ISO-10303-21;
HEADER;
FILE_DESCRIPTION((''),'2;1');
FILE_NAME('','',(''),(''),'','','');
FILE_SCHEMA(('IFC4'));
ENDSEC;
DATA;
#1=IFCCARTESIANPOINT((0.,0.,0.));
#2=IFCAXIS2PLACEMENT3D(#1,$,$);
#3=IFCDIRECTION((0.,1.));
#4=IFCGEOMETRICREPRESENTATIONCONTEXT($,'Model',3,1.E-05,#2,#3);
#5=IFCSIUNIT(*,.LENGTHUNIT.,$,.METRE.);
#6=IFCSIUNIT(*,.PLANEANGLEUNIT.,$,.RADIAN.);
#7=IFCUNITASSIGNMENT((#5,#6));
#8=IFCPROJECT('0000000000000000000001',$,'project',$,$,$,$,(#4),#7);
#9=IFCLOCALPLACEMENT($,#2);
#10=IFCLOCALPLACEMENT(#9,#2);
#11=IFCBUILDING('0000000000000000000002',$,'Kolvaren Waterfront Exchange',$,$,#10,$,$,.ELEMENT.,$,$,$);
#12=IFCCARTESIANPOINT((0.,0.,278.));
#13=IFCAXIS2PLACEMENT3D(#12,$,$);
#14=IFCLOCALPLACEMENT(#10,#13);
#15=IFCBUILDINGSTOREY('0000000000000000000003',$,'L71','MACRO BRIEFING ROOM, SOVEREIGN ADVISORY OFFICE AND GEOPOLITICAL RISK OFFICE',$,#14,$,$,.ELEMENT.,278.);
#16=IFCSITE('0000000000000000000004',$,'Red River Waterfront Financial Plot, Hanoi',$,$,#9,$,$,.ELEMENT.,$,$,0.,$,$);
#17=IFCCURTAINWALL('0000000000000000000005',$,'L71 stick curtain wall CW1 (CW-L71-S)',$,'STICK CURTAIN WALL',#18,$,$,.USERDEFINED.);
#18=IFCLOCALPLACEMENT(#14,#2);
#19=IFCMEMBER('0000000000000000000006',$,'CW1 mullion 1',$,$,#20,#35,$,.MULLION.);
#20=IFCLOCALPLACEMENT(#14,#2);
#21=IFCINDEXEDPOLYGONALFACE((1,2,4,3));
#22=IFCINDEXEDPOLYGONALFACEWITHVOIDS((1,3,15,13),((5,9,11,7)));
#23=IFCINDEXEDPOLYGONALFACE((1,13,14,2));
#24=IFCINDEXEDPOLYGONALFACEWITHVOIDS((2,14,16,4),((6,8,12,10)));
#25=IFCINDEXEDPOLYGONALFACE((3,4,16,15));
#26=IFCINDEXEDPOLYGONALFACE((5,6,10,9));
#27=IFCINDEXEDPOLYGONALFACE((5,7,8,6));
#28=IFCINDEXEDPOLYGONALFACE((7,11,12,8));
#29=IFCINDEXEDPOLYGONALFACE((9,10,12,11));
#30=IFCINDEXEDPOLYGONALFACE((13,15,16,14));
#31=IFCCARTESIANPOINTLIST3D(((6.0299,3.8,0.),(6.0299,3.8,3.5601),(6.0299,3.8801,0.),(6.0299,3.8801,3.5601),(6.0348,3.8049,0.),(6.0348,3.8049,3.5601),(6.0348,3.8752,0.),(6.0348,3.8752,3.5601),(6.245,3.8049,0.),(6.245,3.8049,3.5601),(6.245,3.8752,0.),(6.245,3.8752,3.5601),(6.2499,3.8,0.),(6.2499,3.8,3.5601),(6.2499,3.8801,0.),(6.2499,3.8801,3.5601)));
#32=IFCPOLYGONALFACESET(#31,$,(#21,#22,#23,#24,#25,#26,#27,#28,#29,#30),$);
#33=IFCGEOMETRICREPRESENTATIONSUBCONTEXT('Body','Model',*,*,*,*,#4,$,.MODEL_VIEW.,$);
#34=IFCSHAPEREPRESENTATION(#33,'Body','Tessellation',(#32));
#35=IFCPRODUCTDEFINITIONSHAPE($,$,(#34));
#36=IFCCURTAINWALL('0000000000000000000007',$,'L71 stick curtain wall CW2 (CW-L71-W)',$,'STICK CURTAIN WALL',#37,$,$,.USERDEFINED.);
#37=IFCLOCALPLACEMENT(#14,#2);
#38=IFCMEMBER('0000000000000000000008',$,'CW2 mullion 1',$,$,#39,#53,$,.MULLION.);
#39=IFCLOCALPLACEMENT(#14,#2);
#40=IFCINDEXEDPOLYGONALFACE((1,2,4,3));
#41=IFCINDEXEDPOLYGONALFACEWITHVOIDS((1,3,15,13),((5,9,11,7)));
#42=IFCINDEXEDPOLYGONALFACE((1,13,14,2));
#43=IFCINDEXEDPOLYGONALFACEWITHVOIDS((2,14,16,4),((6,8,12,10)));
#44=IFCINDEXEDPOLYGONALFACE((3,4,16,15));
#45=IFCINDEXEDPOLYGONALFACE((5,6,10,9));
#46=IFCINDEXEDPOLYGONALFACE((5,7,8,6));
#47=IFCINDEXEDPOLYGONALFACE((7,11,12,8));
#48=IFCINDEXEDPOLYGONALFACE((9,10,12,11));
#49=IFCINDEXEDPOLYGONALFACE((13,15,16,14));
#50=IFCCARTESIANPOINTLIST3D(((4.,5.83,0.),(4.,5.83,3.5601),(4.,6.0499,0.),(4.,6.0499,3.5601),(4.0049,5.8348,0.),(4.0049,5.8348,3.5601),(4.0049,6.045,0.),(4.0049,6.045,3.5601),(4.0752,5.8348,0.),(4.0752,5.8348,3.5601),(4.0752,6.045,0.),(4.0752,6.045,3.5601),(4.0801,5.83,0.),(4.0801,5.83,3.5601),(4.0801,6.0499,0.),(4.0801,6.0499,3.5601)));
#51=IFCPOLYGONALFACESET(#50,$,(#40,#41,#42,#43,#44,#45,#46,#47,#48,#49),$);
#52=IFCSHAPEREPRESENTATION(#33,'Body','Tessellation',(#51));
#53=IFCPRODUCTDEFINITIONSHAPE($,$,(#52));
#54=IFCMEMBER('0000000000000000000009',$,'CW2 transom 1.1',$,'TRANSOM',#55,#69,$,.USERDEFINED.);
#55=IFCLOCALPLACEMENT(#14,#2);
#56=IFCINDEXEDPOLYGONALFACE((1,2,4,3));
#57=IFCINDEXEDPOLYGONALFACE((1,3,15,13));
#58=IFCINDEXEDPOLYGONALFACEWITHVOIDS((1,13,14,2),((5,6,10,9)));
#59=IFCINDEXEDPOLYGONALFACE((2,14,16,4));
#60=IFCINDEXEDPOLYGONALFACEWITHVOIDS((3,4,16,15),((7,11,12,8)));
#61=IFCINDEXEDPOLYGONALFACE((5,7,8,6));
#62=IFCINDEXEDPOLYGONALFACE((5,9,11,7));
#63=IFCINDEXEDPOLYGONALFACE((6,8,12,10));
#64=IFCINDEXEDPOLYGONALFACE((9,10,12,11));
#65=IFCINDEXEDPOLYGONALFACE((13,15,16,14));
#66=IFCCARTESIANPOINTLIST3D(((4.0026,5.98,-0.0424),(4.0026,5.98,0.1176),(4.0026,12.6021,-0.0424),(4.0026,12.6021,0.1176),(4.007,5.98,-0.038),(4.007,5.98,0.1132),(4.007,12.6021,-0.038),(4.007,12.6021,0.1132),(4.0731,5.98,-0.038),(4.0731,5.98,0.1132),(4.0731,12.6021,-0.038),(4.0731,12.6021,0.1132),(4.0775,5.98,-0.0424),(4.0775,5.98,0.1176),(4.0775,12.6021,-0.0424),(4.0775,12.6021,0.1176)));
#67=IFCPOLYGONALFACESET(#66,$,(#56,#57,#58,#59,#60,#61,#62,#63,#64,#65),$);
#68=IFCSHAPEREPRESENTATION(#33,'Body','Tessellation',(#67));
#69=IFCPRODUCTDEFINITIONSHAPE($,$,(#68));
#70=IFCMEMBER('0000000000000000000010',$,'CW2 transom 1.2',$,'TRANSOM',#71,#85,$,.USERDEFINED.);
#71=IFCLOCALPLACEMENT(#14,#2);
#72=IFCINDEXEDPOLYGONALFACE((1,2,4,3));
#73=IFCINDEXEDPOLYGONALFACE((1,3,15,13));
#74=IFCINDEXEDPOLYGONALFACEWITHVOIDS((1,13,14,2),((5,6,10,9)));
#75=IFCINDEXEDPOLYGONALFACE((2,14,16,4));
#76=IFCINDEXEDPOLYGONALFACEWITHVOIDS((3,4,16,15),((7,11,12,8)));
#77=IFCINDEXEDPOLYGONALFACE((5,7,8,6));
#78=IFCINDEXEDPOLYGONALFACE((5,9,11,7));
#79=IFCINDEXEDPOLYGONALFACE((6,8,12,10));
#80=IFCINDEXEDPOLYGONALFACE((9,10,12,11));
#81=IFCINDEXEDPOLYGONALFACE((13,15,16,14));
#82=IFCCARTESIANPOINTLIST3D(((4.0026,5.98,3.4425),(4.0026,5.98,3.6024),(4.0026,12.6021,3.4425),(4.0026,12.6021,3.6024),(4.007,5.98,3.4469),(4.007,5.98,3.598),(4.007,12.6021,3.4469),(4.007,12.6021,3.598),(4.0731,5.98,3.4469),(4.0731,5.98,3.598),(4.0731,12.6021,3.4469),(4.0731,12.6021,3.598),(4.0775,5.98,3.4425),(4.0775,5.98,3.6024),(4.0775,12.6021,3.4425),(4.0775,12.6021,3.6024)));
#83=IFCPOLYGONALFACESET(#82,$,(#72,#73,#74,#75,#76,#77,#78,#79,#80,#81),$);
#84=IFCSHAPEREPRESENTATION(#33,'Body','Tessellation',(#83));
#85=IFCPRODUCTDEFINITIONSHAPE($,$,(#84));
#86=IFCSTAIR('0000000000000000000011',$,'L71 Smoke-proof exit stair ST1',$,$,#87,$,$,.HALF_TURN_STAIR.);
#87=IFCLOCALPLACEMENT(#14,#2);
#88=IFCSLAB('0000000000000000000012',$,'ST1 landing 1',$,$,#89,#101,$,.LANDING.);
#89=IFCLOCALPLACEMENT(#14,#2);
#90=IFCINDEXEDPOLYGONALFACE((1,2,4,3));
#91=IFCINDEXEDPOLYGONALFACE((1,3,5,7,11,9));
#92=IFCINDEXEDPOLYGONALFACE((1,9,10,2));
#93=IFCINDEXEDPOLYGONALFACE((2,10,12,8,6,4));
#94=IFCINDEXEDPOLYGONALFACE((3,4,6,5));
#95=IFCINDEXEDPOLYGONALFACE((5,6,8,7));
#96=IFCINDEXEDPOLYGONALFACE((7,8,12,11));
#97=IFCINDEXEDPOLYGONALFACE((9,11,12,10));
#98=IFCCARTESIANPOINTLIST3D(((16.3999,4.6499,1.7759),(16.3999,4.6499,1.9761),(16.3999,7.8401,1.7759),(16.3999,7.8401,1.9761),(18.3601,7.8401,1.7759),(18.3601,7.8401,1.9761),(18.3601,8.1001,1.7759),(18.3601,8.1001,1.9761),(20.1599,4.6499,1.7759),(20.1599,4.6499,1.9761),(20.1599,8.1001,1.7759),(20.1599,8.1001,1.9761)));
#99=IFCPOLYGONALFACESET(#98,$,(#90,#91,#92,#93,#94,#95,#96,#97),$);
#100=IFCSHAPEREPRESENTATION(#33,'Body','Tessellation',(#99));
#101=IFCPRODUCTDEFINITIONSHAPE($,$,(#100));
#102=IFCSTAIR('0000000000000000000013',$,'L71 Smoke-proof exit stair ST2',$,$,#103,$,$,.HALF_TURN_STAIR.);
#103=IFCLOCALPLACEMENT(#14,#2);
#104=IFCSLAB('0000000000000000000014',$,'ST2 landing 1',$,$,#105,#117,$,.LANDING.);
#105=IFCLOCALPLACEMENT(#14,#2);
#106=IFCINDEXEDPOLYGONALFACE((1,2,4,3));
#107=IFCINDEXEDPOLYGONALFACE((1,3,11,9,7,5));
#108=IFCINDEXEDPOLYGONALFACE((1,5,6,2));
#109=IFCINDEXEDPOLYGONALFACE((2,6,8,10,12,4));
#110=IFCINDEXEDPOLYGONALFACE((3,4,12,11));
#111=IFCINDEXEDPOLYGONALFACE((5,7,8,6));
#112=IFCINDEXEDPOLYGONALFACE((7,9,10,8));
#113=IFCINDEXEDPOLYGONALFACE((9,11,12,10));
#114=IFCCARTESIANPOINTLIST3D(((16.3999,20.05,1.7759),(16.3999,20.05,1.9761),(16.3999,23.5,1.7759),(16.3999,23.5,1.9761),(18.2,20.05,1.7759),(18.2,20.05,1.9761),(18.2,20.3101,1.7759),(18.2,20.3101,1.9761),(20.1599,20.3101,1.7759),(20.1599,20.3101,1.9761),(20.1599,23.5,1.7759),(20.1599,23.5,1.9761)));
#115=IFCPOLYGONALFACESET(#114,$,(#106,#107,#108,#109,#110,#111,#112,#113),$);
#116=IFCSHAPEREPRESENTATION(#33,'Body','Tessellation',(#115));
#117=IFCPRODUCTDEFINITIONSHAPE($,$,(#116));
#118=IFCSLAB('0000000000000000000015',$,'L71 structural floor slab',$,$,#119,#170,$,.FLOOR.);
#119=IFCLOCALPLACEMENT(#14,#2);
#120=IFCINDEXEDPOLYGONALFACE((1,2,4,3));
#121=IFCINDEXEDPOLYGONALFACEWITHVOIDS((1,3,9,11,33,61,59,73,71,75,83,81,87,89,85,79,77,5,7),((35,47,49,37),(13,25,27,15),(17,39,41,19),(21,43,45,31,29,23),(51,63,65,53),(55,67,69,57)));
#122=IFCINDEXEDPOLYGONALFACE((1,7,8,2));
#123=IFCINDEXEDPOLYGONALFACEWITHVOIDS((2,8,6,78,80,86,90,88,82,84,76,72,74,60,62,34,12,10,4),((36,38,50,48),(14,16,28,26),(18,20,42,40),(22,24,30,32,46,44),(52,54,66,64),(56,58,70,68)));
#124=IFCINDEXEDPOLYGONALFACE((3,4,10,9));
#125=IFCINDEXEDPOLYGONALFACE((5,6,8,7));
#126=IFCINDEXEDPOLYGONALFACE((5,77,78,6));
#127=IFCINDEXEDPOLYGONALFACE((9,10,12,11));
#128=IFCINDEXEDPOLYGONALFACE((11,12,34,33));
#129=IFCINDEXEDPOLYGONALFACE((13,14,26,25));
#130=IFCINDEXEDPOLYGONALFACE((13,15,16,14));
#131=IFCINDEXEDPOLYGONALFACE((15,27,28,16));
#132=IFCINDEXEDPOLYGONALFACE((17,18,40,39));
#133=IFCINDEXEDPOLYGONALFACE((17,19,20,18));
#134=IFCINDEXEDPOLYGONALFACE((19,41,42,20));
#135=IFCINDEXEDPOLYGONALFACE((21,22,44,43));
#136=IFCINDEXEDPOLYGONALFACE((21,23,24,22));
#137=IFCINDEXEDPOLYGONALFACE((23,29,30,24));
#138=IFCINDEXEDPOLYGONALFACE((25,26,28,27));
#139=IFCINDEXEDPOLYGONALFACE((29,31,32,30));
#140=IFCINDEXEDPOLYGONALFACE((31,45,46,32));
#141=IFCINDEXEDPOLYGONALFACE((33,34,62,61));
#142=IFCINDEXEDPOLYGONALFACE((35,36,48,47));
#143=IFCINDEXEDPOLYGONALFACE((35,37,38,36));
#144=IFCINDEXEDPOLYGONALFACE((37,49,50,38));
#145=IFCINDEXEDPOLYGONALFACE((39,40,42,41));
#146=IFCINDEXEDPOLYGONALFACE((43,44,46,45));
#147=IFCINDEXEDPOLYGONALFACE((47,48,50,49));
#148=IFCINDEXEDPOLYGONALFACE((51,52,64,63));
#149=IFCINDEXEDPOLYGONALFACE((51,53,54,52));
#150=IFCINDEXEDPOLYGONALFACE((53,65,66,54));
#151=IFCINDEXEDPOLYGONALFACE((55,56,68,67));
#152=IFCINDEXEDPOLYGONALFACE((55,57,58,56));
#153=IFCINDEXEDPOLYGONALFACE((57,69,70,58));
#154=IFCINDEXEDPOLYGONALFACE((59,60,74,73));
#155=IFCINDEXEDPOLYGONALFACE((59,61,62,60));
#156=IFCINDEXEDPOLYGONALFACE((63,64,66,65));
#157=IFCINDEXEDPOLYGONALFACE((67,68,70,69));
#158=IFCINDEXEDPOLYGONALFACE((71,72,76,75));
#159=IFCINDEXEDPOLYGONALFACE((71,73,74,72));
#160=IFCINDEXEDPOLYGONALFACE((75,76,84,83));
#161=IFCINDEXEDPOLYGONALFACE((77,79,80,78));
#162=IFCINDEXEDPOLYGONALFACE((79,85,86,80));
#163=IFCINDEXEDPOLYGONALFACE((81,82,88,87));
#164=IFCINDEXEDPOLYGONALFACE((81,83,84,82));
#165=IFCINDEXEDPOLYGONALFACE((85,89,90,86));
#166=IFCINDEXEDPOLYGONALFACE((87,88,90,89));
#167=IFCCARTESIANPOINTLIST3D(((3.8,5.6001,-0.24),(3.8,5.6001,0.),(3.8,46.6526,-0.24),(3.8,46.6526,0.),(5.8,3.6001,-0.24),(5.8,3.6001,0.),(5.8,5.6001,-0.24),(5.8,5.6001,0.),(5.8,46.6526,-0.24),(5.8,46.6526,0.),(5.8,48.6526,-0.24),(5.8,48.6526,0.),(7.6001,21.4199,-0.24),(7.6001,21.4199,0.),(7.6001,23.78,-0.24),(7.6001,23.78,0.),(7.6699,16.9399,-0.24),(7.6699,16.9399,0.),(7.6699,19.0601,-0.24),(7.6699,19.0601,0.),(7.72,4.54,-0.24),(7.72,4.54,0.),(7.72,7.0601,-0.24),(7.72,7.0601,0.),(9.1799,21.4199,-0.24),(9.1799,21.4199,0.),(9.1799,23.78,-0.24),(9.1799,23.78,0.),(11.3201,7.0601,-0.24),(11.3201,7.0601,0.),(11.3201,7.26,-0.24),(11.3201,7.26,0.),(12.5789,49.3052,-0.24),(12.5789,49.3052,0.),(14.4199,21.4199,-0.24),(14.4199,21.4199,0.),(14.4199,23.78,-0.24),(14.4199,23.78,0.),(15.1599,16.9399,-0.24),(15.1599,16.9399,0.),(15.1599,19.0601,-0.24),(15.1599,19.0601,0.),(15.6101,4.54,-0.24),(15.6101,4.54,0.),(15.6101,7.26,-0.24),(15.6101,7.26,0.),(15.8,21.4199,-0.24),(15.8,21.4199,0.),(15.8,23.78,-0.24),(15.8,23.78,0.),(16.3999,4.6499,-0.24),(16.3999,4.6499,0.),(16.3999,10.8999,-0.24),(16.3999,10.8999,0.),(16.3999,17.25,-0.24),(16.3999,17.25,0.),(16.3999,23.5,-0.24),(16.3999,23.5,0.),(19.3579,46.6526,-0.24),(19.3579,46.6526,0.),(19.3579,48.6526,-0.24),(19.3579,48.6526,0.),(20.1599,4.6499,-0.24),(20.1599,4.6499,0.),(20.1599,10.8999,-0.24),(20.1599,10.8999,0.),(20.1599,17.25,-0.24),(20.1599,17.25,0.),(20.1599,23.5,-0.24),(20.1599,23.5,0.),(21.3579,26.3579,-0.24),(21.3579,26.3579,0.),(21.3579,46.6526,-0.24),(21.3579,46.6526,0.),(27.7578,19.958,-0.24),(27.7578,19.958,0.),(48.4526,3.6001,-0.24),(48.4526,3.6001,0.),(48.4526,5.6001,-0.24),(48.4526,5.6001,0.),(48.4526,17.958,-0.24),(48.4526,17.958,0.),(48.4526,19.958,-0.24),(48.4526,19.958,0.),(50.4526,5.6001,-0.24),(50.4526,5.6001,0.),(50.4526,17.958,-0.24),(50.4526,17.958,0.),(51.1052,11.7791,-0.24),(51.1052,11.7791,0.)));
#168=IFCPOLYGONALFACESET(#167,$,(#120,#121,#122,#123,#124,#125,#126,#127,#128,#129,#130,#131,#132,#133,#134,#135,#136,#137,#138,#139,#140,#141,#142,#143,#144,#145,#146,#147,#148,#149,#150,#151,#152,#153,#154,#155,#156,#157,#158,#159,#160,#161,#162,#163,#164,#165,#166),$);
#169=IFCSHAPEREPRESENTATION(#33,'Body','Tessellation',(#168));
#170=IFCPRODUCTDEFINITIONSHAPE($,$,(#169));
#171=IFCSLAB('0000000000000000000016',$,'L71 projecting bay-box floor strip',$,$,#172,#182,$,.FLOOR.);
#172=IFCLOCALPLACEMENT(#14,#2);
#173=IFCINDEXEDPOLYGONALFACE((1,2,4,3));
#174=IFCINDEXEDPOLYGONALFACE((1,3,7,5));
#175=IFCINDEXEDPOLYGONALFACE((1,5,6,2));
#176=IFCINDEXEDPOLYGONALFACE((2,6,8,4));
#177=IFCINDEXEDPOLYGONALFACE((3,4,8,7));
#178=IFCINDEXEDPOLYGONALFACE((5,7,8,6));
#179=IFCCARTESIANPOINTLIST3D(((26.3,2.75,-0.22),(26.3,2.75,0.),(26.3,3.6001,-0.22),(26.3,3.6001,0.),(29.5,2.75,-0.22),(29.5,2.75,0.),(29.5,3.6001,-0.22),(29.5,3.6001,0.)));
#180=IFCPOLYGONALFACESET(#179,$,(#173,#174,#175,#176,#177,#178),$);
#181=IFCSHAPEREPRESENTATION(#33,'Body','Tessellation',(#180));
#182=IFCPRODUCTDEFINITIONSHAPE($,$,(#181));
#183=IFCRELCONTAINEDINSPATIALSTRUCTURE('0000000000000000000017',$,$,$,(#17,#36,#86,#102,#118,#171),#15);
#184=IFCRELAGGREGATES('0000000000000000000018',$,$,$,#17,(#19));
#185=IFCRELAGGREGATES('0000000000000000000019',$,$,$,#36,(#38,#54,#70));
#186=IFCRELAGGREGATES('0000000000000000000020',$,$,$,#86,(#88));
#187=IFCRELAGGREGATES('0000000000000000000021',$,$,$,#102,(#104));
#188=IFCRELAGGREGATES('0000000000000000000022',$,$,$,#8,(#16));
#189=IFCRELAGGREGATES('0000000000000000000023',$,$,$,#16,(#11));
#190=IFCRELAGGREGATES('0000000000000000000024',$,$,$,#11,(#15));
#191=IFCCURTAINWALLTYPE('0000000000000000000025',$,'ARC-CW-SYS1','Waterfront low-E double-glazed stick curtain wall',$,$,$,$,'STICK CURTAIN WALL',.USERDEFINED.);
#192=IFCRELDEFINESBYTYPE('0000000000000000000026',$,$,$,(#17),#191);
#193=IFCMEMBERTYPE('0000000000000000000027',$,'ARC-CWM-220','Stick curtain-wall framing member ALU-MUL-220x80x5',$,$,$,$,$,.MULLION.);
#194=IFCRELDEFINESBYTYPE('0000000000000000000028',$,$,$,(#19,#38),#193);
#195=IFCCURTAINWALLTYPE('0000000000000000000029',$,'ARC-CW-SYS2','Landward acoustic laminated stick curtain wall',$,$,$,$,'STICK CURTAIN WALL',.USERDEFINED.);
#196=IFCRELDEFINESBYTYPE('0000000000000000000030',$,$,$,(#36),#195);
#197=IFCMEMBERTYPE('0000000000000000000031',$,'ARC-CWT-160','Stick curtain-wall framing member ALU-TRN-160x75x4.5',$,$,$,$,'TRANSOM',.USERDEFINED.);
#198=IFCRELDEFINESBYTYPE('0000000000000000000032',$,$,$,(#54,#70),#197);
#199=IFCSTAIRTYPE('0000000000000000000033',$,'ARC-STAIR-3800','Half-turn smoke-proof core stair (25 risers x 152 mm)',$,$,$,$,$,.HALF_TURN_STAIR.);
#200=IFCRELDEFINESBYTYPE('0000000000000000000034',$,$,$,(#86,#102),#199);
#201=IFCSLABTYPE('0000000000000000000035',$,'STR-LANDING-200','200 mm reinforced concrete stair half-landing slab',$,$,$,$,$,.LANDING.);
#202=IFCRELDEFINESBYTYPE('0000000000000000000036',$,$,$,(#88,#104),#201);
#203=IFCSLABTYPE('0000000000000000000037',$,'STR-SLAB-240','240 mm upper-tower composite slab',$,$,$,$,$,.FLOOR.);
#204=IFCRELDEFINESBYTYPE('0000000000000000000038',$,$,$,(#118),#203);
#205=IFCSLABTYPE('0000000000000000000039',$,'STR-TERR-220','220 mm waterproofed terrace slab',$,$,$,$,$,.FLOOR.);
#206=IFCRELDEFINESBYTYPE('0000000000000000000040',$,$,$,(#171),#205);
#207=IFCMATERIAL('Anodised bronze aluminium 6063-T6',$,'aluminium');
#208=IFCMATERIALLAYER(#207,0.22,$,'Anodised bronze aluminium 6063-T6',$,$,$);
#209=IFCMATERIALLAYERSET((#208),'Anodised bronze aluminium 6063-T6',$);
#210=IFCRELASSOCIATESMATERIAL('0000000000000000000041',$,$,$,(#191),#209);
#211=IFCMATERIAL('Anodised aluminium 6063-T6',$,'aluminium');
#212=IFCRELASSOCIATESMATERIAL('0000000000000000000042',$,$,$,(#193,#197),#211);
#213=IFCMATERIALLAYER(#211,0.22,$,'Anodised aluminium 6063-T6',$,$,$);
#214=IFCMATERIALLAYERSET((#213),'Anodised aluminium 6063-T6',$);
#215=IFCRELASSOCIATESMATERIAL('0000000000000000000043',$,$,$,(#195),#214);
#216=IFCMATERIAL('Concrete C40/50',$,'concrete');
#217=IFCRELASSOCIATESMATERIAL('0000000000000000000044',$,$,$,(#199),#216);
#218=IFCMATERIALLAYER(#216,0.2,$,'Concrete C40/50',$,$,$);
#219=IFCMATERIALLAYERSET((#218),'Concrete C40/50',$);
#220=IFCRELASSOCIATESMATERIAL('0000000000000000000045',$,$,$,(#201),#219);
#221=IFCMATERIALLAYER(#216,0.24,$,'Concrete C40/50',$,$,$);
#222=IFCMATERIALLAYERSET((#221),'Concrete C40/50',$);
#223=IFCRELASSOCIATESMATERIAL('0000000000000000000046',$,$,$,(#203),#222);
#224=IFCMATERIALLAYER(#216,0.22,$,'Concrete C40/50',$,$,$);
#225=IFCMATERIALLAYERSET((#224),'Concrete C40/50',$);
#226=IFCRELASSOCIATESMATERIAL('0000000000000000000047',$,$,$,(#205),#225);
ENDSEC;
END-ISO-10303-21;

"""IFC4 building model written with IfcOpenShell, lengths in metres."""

from ifc_helpers import new_model, si_unit, direction, frame, origin, origin_with_axes, origin_2d, place, context, subcontext, project, spatial, polyline, hollow_rectangle, outline, extrude, source, transform, mapped, material, layer, layer_set, material_profile, profile_set, type_object, element, aggregate, save


model = new_model("IFC4")

# Units and contexts
model_context = context("Model", 3, precision=1e-05, world=origin(), true_north=direction((0.0, 1.0)))
body_context = subcontext(model_context, "Body", "Model", "MODEL_VIEW")
ifc_project = project(units=[si_unit("LENGTHUNIT", "METRE"), si_unit("PLANEANGLEUNIT", "RADIAN")], contexts=[model_context])

# Site, building, storey
site_placement = place(None, origin())
site = spatial("IfcSite", under=ifc_project, at=site_placement, Name="Red River Waterfront Financial Plot, Hanoi", CompositionType="ELEMENT", RefElevation=0.0)
building_placement = place(site_placement, origin())
building = spatial("IfcBuilding", under=site, at=building_placement, Name="Kolvaren Waterfront Exchange", CompositionType="ELEMENT")
storey_placement = place(building_placement, frame((0.0, 0.0, 278.0)))
storey = spatial("IfcBuildingStorey", under=building, at=storey_placement, Name="L71", Description="MACRO BRIEFING ROOM, SOVEREIGN ADVISORY OFFICE AND GEOPOLITICAL RISK OFFICE", CompositionType="ELEMENT", Elevation=278.0)

# Curtain wall, member
ifc_material_1 = material(Name="Anodised bronze aluminium 6063-T6", Category="aluminium")
ifc_layer_1 = layer(ifc_material_1, 0.22, Name="Anodised bronze aluminium 6063-T6")
ifc_layer_set_1 = layer_set([ifc_layer_1], Name="Anodised bronze aluminium 6063-T6")
curtain_wall_type_1 = type_object("IfcCurtainWallType", Name="ARC-CW-SYS1", Description="Waterfront low-E double-glazed stick curtain wall", ElementType="STICK CURTAIN WALL", PredefinedType="USERDEFINED", material=ifc_layer_set_1)
curtain_wall_1_placement = place(storey_placement, origin())
curtain_wall_1 = element("IfcCurtainWall", 1, at=curtain_wall_1_placement, inside=storey, type_object=curtain_wall_type_1, Name="L71 stick curtain wall CW1 (CW-L71-S)", ObjectType="STICK CURTAIN WALL", PredefinedType="USERDEFINED")
ifc_material_2 = material(Name="Anodised aluminium 6063-T6", Category="aluminium")
ifc_material_profile_1 = material_profile(ifc_material_2, hollow_rectangle(XDim=0.0801, YDim=0.22, WallThickness=0.0049, at=origin_2d()), Name="ALU-MUL-220x80x5")
ifc_profile_set_1 = profile_set([ifc_material_profile_1], Name="Anodised aluminium 6063-T6")
member_type_1 = type_object("IfcMemberType", Name="ARC-CWM-220", Description="Stick curtain-wall framing member ALU-MUL-220x80x5", PredefinedType="MULLION", material=ifc_profile_set_1)
shared_shape_1 = source(origin_with_axes(), body_context, "Body", "SweptSolid", [
    extrude(hollow_rectangle(XDim=0.0801, YDim=0.22, WallThickness=0.0049, at=origin_2d()), origin(), (0.0, 0.0, 1.0), 3.5601),
])
member_1_placement = place(storey_placement, frame((6.1399, 3.8401, 0.0), z_axis=(0.0, 0.0, 1.0), x_axis=(0.0, 1.0, 0.0)))
member_1 = element("IfcMember", 2, at=member_1_placement, type_object=member_type_1, Name="CW1 mullion 1", PredefinedType="MULLION", context=body_context, shape_type="MappedRepresentation", body=[
    mapped(shared_shape_1, transform((0.0, 0.0, 0.0), x_axis=(1.0, 0.0, 0.0), y_axis=(0.0, 1.0, 0.0), z_axis=(0.0, 0.0, 1.0), scale=1.0)),
])
aggregate(curtain_wall_1, [member_1])

# Curtain wall, members
ifc_layer_2 = layer(ifc_material_2, 0.22, Name="Anodised aluminium 6063-T6")
ifc_layer_set_2 = layer_set([ifc_layer_2], Name="Anodised aluminium 6063-T6")
curtain_wall_type_2 = type_object("IfcCurtainWallType", Name="ARC-CW-SYS2", Description="Landward acoustic laminated stick curtain wall", ElementType="STICK CURTAIN WALL", PredefinedType="USERDEFINED", material=ifc_layer_set_2)
curtain_wall_2_placement = place(storey_placement, origin())
curtain_wall_2 = element("IfcCurtainWall", 3, at=curtain_wall_2_placement, inside=storey, type_object=curtain_wall_type_2, Name="L71 stick curtain wall CW2 (CW-L71-W)", ObjectType="STICK CURTAIN WALL", PredefinedType="USERDEFINED")
member_2_placement = place(storey_placement, frame((4.04, 5.9399, 0.0), z_axis=(0.0, 0.0, 1.0), x_axis=(-1.0, 0.0, 0.0)))
member_2 = element("IfcMember", 4, at=member_2_placement, type_object=member_type_1, Name="CW2 mullion 1", PredefinedType="MULLION", context=body_context, shape_type="MappedRepresentation", body=[
    mapped(shared_shape_1, transform((0.0, 0.0, 0.0), x_axis=(1.0, 0.0, 0.0), y_axis=(0.0, 1.0, 0.0), z_axis=(0.0, 0.0, 1.0), scale=1.0)),
])
ifc_material_profile_2 = material_profile(ifc_material_2, hollow_rectangle(XDim=0.075, YDim=0.1599, WallThickness=0.0044, at=origin_2d()), Name="ALU-TRN-160x75x4.5")
ifc_profile_set_2 = profile_set([ifc_material_profile_2], Name="Anodised aluminium 6063-T6")
member_type_2 = type_object("IfcMemberType", Name="ARC-CWT-160", Description="Stick curtain-wall framing member ALU-TRN-160x75x4.5", ElementType="TRANSOM", PredefinedType="USERDEFINED", material=ifc_profile_set_2)
shared_shape_2 = source(origin_with_axes(), body_context, "Body", "SweptSolid", [
    extrude(hollow_rectangle(XDim=0.075, YDim=0.1599, WallThickness=0.0044, at=origin_2d()), origin(), (0.0, 0.0, 1.0), 6.6221),
])
member_3_placement = place(storey_placement, frame((4.04, 5.98, 0.0376), z_axis=(0.0, 1.0, 0.0), x_axis=(-1.0, 0.0, 0.0)))
member_3 = element("IfcMember", 5, at=member_3_placement, type_object=member_type_2, Name="CW2 transom 1.1", ObjectType="TRANSOM", PredefinedType="USERDEFINED", context=body_context, shape_type="MappedRepresentation", body=[
    mapped(shared_shape_2, transform((0.0, 0.0, 0.0), x_axis=(1.0, 0.0, 0.0), y_axis=(0.0, 1.0, 0.0), z_axis=(0.0, 0.0, 1.0), scale=1.0)),
])
member_4_placement = place(storey_placement, frame((4.04, 5.98, 3.5225), z_axis=(0.0, 1.0, 0.0), x_axis=(-1.0, 0.0, 0.0)))
member_4 = element("IfcMember", 6, at=member_4_placement, type_object=member_type_2, Name="CW2 transom 1.2", ObjectType="TRANSOM", PredefinedType="USERDEFINED", context=body_context, shape_type="MappedRepresentation", body=[
    mapped(shared_shape_2, transform((0.0, 0.0, 0.0), x_axis=(1.0, 0.0, 0.0), y_axis=(0.0, 1.0, 0.0), z_axis=(0.0, 0.0, 1.0), scale=1.0)),
])
aggregate(curtain_wall_2, [member_2, member_3, member_4])

# Stairs, slabs
ifc_material_3 = material(Name="Concrete C40/50", Category="concrete")
stair_type = type_object("IfcStairType", Name="ARC-STAIR-3800", Description="Half-turn smoke-proof core stair (25 risers x 152 mm)", PredefinedType="HALF_TURN_STAIR", material=ifc_material_3)
stair_1_placement = place(storey_placement, origin())
stair_1 = element("IfcStair", 7, at=stair_1_placement, inside=storey, type_object=stair_type, Name="L71 Smoke-proof exit stair ST1", PredefinedType="HALF_TURN_STAIR")
ifc_layer_3 = layer(ifc_material_3, 0.2, Name="Concrete C40/50")
ifc_layer_set_3 = layer_set([ifc_layer_3], Name="Concrete C40/50")
slab_type_1 = type_object("IfcSlabType", Name="STR-LANDING-200", Description="200 mm reinforced concrete stair half-landing slab", PredefinedType="LANDING", material=ifc_layer_set_3)
slab_1_placement = place(storey_placement, frame((0.0, 0.0, 1.7759)))
slab_1 = element("IfcSlab", 8, at=slab_1_placement, type_object=slab_type_1, Name="ST1 landing 1", PredefinedType="LANDING", context=body_context, shape_type="SweptSolid", body=[
    extrude(outline(polyline([(16.3999, 7.8401), (16.3999, 4.6499), (20.1599, 4.6499), (20.1599, 8.1001), (18.3601, 8.1001), (18.3601, 7.8401), (16.3999, 7.8401)])), origin(), (0.0, 0.0, 1.0), 0.2002),
])
aggregate(stair_1, [slab_1])
stair_2_placement = place(storey_placement, origin())
stair_2 = element("IfcStair", 9, at=stair_2_placement, inside=storey, type_object=stair_type, Name="L71 Smoke-proof exit stair ST2", PredefinedType="HALF_TURN_STAIR")
slab_2_placement = place(storey_placement, frame((0.0, 0.0, 1.7759)))
slab_2 = element("IfcSlab", 10, at=slab_2_placement, type_object=slab_type_1, Name="ST2 landing 1", PredefinedType="LANDING", context=body_context, shape_type="SweptSolid", body=[
    extrude(outline(polyline([(20.1599, 20.3101), (20.1599, 23.5), (16.3999, 23.5), (16.3999, 20.05), (18.2, 20.05), (18.2, 20.3101), (20.1599, 20.3101)])), origin(), (0.0, 0.0, 1.0), 0.2002),
])
aggregate(stair_2, [slab_2])

# Slabs
ifc_layer_4 = layer(ifc_material_3, 0.24, Name="Concrete C40/50")
ifc_layer_set_4 = layer_set([ifc_layer_4], Name="Concrete C40/50")
slab_type_2 = type_object("IfcSlabType", Name="STR-SLAB-240", Description="240 mm upper-tower composite slab", PredefinedType="FLOOR", material=ifc_layer_set_4)
slab_3_placement = place(storey_placement, frame((0.0, 0.0, -0.24)))
element("IfcSlab", 11, at=slab_3_placement, inside=storey, type_object=slab_type_2, Name="L71 structural floor slab", PredefinedType="FLOOR", context=body_context, shape_type="SweptSolid", body=[
    extrude(outline(polyline([(5.8, 3.6001), (48.4526, 3.6001), (48.4526, 5.6001), (50.4526, 5.6001), (51.1052, 11.7791), (50.4526, 17.958), (48.4526, 17.958), (48.4526, 19.958), (27.7578, 19.958), (21.3579, 26.3579), (21.3579, 46.6526), (19.3579, 46.6526), (19.3579, 48.6526), (12.5789, 49.3052), (5.8, 48.6526), (5.8, 46.6526), (3.8, 46.6526), (3.8, 5.6001), (5.8, 5.6001), (5.8, 3.6001)]), holes=[polyline([(11.3201, 7.26), (15.6101, 7.26), (15.6101, 4.54), (7.72, 4.54), (7.72, 7.0601), (11.3201, 7.0601), (11.3201, 7.26)]), polyline([(20.1599, 10.8999), (20.1599, 4.6499), (16.3999, 4.6499), (16.3999, 10.8999), (20.1599, 10.8999)]), polyline([(7.6699, 19.0601), (15.1599, 19.0601), (15.1599, 16.9399), (7.6699, 16.9399), (7.6699, 19.0601)]), polyline([(16.3999, 17.25), (16.3999, 23.5), (20.1599, 23.5), (20.1599, 17.25), (16.3999, 17.25)]), polyline([(7.6001, 23.78), (9.1799, 23.78), (9.1799, 21.4199), (7.6001, 21.4199), (7.6001, 23.78)]), polyline([(14.4199, 23.78), (15.8, 23.78), (15.8, 21.4199), (14.4199, 21.4199), (14.4199, 23.78)])]), origin(), (0.0, 0.0, 1.0), 0.24),
])
ifc_layer_5 = layer(ifc_material_3, 0.22, Name="Concrete C40/50")
ifc_layer_set_5 = layer_set([ifc_layer_5], Name="Concrete C40/50")
slab_type_3 = type_object("IfcSlabType", Name="STR-TERR-220", Description="220 mm waterproofed terrace slab", PredefinedType="FLOOR", material=ifc_layer_set_5)
slab_4_placement = place(storey_placement, frame((0.0, 0.0, -0.22)))
element("IfcSlab", 12, at=slab_4_placement, inside=storey, type_object=slab_type_3, Name="L71 projecting bay-box floor strip", PredefinedType="FLOOR", context=body_context, shape_type="SweptSolid", body=[
    extrude(outline(polyline([(26.3, 2.75), (29.5, 2.75), (29.5, 3.6001), (26.3, 3.6001), (26.3, 2.75)])), origin(), (0.0, 0.0, 1.0), 0.22),
])

save(model, "model.ifc")
